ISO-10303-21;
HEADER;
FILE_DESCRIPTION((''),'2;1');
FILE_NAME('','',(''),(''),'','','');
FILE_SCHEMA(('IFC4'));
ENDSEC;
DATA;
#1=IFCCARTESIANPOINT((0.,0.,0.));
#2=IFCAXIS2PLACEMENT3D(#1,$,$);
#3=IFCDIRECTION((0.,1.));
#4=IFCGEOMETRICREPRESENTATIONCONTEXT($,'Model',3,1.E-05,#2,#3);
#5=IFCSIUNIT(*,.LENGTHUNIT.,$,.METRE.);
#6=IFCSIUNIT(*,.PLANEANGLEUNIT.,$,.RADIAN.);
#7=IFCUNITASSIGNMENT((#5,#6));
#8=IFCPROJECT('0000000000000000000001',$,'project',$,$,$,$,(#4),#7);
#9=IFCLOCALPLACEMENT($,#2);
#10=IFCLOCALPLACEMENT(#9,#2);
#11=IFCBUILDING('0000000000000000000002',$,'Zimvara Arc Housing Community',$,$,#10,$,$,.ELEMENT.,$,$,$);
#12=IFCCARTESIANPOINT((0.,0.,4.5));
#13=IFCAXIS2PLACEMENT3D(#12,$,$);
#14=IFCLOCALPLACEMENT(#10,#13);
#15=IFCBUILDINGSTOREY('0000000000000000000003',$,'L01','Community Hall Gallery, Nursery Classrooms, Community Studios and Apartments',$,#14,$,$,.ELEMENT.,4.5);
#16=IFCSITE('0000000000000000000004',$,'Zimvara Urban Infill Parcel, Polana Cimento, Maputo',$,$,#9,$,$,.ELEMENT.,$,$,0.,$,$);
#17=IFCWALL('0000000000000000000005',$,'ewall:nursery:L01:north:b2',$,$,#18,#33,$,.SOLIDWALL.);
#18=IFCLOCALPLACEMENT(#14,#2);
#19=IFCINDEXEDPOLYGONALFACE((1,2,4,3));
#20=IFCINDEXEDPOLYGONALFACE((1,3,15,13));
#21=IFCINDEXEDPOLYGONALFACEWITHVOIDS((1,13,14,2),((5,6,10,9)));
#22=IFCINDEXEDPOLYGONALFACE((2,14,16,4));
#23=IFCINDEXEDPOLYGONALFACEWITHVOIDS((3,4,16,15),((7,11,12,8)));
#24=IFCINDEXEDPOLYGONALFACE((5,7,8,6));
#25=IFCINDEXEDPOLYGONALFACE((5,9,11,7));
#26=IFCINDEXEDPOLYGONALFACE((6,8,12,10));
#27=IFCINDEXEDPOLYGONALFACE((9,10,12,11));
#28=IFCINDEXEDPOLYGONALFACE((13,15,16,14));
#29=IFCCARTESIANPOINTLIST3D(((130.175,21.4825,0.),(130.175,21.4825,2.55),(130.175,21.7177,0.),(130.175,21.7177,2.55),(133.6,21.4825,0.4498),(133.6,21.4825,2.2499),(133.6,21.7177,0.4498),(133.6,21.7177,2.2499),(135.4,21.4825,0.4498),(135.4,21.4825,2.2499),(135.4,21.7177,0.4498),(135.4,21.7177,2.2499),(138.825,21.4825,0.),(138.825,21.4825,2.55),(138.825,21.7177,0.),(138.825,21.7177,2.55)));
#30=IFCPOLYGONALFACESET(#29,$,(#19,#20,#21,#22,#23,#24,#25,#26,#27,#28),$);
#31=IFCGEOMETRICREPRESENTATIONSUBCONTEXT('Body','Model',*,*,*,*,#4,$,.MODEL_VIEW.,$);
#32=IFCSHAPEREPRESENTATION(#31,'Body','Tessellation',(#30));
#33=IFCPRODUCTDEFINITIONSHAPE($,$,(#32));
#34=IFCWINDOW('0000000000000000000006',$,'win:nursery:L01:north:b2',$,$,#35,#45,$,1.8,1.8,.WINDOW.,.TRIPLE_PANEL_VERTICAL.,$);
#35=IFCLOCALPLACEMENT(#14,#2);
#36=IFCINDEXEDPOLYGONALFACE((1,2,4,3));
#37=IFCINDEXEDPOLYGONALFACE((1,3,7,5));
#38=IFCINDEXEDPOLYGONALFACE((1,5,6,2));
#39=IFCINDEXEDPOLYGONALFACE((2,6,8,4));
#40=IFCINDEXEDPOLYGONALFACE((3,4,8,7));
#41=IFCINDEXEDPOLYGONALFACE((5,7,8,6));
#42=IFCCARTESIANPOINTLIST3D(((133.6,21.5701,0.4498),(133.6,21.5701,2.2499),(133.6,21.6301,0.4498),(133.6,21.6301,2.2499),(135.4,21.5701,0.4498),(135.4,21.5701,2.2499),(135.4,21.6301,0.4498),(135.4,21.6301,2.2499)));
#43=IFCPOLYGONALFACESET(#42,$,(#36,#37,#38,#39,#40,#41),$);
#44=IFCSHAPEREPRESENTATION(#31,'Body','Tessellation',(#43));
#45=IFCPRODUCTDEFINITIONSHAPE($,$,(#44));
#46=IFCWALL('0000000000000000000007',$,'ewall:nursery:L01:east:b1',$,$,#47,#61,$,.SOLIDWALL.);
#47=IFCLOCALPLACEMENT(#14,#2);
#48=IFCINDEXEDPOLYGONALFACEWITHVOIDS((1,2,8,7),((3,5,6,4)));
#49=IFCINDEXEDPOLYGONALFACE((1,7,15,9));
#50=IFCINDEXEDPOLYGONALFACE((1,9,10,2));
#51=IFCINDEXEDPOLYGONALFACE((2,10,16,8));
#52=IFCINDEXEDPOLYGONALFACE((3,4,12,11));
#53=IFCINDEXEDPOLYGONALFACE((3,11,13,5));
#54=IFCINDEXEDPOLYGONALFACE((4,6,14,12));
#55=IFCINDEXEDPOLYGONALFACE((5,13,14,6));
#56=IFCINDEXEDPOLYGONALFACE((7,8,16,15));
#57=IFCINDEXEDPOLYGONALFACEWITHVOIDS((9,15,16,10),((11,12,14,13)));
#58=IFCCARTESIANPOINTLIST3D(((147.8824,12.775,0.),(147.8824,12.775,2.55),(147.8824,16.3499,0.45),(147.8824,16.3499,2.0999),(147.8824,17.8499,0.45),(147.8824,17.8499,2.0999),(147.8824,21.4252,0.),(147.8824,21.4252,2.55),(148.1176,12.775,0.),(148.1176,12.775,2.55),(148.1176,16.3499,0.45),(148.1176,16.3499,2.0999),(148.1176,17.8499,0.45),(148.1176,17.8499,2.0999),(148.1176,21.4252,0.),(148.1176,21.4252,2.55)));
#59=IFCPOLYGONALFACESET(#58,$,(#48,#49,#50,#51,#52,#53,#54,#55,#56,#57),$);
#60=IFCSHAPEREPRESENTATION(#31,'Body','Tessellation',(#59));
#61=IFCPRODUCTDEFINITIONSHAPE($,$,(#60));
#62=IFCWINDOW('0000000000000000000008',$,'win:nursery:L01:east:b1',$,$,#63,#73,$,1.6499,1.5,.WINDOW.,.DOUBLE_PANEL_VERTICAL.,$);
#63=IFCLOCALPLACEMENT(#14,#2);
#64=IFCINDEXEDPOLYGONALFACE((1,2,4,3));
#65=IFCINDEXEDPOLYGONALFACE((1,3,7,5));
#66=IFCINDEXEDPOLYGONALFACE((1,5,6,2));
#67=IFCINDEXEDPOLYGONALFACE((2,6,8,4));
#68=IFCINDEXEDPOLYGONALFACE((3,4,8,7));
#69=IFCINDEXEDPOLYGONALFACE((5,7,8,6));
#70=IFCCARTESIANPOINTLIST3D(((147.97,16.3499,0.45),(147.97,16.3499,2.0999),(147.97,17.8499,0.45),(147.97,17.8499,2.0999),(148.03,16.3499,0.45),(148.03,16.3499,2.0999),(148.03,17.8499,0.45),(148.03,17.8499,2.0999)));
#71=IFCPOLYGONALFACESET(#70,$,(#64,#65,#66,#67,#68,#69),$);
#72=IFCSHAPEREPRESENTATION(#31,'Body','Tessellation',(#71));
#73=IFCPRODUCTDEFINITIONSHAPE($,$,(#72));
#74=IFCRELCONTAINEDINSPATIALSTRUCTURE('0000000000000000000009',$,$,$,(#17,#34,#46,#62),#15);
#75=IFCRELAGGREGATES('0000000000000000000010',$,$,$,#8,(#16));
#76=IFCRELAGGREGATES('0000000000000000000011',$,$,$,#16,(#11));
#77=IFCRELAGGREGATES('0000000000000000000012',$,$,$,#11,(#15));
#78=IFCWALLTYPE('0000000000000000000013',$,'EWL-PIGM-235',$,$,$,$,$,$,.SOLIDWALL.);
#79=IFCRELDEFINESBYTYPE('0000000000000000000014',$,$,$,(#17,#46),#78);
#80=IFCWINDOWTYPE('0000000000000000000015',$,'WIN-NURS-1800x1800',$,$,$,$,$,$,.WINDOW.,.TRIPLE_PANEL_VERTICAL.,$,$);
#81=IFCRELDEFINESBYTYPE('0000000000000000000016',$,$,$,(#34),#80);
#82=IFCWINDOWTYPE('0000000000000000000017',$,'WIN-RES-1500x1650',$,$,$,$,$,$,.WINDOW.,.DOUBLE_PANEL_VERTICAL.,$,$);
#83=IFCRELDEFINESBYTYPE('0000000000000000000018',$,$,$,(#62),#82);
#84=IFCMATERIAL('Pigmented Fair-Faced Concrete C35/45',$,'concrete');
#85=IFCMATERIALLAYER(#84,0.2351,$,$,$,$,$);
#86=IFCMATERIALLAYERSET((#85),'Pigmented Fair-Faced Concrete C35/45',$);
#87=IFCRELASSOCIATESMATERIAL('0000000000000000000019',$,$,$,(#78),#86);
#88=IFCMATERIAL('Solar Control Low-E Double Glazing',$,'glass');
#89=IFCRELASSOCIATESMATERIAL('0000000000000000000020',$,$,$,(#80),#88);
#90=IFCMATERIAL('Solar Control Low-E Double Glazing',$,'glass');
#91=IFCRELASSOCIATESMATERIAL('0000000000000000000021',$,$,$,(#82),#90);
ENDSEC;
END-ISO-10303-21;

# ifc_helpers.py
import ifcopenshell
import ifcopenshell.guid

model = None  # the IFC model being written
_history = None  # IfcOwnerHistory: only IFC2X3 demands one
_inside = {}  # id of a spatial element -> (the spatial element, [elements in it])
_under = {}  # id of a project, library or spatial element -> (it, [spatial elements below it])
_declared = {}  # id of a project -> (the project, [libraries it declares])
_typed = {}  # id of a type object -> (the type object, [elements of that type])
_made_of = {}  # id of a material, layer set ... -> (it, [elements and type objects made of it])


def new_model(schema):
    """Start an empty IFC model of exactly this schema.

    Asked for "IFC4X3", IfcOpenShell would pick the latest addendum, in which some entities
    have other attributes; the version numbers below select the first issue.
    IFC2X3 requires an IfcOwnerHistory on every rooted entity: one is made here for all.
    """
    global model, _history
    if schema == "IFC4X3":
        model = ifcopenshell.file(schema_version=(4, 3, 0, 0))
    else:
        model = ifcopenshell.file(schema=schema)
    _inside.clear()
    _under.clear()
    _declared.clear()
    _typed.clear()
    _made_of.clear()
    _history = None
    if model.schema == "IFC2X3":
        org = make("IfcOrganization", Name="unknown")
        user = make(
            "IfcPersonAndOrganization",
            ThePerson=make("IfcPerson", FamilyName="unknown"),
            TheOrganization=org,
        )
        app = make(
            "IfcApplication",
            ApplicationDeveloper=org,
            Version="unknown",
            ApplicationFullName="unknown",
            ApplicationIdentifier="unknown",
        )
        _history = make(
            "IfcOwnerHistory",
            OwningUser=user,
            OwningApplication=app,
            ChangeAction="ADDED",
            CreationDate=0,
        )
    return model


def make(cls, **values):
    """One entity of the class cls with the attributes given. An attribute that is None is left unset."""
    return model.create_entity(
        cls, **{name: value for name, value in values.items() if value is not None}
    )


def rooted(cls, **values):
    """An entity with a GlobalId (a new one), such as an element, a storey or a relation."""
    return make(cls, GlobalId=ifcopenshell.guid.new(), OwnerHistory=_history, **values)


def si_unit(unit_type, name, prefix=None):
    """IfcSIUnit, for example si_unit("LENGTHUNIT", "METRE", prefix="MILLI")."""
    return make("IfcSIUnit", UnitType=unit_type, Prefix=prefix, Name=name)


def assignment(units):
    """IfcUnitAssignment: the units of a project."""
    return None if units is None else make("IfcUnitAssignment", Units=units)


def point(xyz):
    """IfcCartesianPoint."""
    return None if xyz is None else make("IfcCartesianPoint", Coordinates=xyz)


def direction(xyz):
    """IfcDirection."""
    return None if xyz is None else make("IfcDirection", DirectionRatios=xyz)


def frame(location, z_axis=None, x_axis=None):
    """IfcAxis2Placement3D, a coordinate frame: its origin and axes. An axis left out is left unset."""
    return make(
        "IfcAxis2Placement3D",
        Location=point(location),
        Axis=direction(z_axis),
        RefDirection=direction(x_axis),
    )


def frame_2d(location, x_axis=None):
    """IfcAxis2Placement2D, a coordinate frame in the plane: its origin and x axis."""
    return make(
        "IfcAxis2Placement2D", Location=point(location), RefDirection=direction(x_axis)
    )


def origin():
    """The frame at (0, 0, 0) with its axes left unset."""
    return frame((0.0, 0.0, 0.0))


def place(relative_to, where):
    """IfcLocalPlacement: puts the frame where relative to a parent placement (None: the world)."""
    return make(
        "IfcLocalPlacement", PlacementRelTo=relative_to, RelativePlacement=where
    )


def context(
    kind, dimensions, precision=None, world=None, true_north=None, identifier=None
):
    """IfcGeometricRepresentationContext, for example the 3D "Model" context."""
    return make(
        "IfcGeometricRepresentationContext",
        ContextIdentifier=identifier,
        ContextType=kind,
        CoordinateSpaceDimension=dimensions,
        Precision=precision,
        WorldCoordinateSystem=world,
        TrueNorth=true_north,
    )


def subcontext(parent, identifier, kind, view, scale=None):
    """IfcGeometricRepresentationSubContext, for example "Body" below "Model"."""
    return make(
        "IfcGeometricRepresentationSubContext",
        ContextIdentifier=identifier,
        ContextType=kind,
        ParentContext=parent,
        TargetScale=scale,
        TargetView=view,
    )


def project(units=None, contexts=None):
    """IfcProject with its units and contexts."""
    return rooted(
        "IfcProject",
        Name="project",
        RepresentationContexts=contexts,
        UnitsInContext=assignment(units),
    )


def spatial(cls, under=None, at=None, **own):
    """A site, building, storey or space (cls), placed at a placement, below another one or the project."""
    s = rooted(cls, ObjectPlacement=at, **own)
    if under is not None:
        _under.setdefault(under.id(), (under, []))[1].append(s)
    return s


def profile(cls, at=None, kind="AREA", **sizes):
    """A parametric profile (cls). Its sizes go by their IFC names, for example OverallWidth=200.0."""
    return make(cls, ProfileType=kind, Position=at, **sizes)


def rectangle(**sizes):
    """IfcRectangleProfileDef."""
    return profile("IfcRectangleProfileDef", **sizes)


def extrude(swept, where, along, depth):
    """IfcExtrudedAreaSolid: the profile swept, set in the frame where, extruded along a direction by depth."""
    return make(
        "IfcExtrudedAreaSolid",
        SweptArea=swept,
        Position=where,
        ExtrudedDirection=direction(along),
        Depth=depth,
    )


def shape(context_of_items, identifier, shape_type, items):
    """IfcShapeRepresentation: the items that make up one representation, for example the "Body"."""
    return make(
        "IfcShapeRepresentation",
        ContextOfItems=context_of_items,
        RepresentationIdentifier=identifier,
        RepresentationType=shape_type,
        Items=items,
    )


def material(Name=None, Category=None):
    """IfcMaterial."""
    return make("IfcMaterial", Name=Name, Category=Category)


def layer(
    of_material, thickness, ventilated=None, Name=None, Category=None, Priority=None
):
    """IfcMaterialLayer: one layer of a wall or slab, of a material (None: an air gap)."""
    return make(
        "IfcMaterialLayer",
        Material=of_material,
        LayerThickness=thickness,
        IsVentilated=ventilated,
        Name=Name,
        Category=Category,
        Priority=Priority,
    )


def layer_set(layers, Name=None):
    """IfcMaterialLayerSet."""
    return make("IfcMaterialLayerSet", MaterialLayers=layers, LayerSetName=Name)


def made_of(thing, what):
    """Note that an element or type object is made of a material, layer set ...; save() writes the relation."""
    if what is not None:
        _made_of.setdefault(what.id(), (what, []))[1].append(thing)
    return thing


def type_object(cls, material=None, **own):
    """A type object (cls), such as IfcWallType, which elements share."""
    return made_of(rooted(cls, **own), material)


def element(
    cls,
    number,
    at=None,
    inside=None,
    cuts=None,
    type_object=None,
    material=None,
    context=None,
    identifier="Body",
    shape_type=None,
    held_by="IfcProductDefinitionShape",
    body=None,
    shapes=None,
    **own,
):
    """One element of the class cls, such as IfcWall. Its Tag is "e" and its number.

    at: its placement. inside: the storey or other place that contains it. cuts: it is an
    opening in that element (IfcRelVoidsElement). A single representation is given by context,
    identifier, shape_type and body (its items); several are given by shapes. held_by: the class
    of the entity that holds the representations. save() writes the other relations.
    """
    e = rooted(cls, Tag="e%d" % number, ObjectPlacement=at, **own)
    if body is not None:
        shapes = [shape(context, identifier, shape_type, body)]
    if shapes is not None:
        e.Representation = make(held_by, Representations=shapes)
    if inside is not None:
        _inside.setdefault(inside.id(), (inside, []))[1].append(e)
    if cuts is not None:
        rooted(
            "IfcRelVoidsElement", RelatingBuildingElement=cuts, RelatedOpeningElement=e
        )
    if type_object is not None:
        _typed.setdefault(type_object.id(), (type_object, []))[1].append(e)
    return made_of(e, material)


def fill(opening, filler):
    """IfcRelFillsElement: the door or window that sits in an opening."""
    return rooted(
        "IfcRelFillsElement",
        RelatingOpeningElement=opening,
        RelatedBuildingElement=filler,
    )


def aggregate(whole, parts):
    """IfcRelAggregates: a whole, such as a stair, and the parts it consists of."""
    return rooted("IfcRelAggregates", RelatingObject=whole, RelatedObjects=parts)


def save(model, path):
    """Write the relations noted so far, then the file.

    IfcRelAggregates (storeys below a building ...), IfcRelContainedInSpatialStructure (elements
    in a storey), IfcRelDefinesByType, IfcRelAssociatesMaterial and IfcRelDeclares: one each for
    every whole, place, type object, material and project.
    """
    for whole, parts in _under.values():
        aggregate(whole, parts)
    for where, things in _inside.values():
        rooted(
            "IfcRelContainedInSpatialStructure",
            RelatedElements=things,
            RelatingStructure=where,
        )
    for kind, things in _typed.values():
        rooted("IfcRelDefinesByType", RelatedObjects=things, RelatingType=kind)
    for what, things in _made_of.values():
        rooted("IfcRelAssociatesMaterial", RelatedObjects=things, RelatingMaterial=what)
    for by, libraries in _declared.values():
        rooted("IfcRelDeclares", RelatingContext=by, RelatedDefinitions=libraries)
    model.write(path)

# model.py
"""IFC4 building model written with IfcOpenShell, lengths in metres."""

from ifc_helpers import new_model, si_unit, direction, frame, frame_2d, origin, place, context, subcontext, project, spatial, rectangle, extrude, material, layer, layer_set, type_object, element, fill, save


model = new_model("IFC4")

# Units and contexts
model_context = context("Model", 3, precision=1e-05, world=origin(), true_north=direction((0.0, 1.0)))
body_context = subcontext(model_context, "Body", "Model", "MODEL_VIEW")
ifc_project = project(units=[si_unit("LENGTHUNIT", "METRE"), si_unit("PLANEANGLEUNIT", "RADIAN")], contexts=[model_context])

# Site, building, storey
site_placement = place(None, origin())
site = spatial("IfcSite", under=ifc_project, at=site_placement, Name="Zimvara Urban Infill Parcel, Polana Cimento, Maputo", CompositionType="ELEMENT", RefElevation=0.0)
building_placement = place(site_placement, origin())
building = spatial("IfcBuilding", under=site, at=building_placement, Name="Zimvara Arc Housing Community", CompositionType="ELEMENT")
storey_placement = place(building_placement, frame((0.0, 0.0, 4.5)))
storey = spatial("IfcBuildingStorey", under=building, at=storey_placement, Name="L01", Description="Community Hall Gallery, Nursery Classrooms, Community Studios and Apartments", CompositionType="ELEMENT", Elevation=4.5)

# Walls, openings, windows
ifc_material_1 = material(Name="Pigmented Fair-Faced Concrete C35/45", Category="concrete")
ifc_layer_1 = layer(ifc_material_1, 0.2351)
ifc_layer_set_1 = layer_set([ifc_layer_1], Name="Pigmented Fair-Faced Concrete C35/45")
wall_type = type_object("IfcWallType", Name="EWL-PIGM-235", PredefinedType="SOLIDWALL", material=ifc_layer_set_1)
wall_1_placement = place(storey_placement, frame((130.175, 21.6001, 0.0), z_axis=(0.0, 0.0, 1.0), x_axis=(1.0, 0.0, 0.0)))
wall_1 = element("IfcWall", 1, at=wall_1_placement, inside=storey, type_object=wall_type, Name="ewall:nursery:L01:north:b2", PredefinedType="SOLIDWALL", context=body_context, shape_type="SweptSolid", body=[
    extrude(rectangle(XDim=8.6499, YDim=0.2351, at=frame_2d((4.325, 0.0))), origin(), (0.0, 0.0, 1.0), 2.55),
])
opening_1_placement = place(wall_1_placement, frame((3.425, 0.0, 0.45)))
opening_1 = element("IfcOpeningElement", 2, at=opening_1_placement, cuts=wall_1, PredefinedType="OPENING", context=body_context, shape_type="SweptSolid", body=[
    extrude(rectangle(XDim=1.8, YDim=1.8, at=frame_2d((0.8999, 0.8999))), frame((0.0, 0.1274, 0.0), z_axis=(0.0, -1.0, 0.0), x_axis=(1.0, 0.0, 0.0)), (0.0, 0.0, 1.0), 0.2551),
])
ifc_material_2 = material(Name="Solar Control Low-E Double Glazing", Category="glass")
window_type_1 = type_object("IfcWindowType", Name="WIN-NURS-1800x1800", PartitioningType="TRIPLE_PANEL_VERTICAL", PredefinedType="WINDOW", material=ifc_material_2)
window_1_placement = place(opening_1_placement, origin())
window_1 = element("IfcWindow", 3, at=window_1_placement, inside=storey, type_object=window_type_1, Name="win:nursery:L01:north:b2", OverallHeight=1.8, OverallWidth=1.8, PartitioningType="TRIPLE_PANEL_VERTICAL", PredefinedType="WINDOW", context=body_context, shape_type="SweptSolid", body=[
    extrude(rectangle(XDim=1.8, YDim=1.8, at=frame_2d((0.8999, 0.8999))), frame((0.0, 0.03, 0.0), z_axis=(0.0, -1.0, 0.0), x_axis=(1.0, 0.0, 0.0)), (0.0, 0.0, 1.0), 0.0601),
])
fill(opening_1, window_1)
wall_2_placement = place(storey_placement, frame((148.0, 12.7749, 0.0), z_axis=(0.0, 0.0, 1.0), x_axis=(0.0, 1.0, 0.0)))
wall_2 = element("IfcWall", 4, at=wall_2_placement, inside=storey, type_object=wall_type, Name="ewall:nursery:L01:east:b1", PredefinedType="SOLIDWALL", context=body_context, shape_type="SweptSolid", body=[
    extrude(rectangle(XDim=8.6501, YDim=0.2351, at=frame_2d((4.3252, 0.0))), origin(), (0.0, 0.0, 1.0), 2.55),
])
opening_2_placement = place(wall_2_placement, frame((3.575, 0.0, 0.45)))
opening_2 = element("IfcOpeningElement", 5, at=opening_2_placement, cuts=wall_2, PredefinedType="OPENING", context=body_context, shape_type="SweptSolid", body=[
    extrude(rectangle(XDim=1.5, YDim=1.6499, at=frame_2d((0.75, 0.825))), frame((0.0, 0.1274, 0.0), z_axis=(0.0, -1.0, 0.0), x_axis=(1.0, 0.0, 0.0)), (0.0, 0.0, 1.0), 0.2551),
])
ifc_material_3 = material(Name="Solar Control Low-E Double Glazing", Category="glass")
window_type_2 = type_object("IfcWindowType", Name="WIN-RES-1500x1650", PartitioningType="DOUBLE_PANEL_VERTICAL", PredefinedType="WINDOW", material=ifc_material_3)
window_2_placement = place(opening_2_placement, origin())
window_2 = element("IfcWindow", 6, at=window_2_placement, inside=storey, type_object=window_type_2, Name="win:nursery:L01:east:b1", OverallHeight=1.6499, OverallWidth=1.5, PartitioningType="DOUBLE_PANEL_VERTICAL", PredefinedType="WINDOW", context=body_context, shape_type="SweptSolid", body=[
    extrude(rectangle(XDim=1.5, YDim=1.6499, at=frame_2d((0.75, 0.825))), frame((0.0, 0.03, 0.0), z_axis=(0.0, -1.0, 0.0), x_axis=(1.0, 0.0, 0.0)), (0.0, 0.0, 1.0), 0.0601),
])
fill(opening_2, window_2)

save(model, "model.ifc")
